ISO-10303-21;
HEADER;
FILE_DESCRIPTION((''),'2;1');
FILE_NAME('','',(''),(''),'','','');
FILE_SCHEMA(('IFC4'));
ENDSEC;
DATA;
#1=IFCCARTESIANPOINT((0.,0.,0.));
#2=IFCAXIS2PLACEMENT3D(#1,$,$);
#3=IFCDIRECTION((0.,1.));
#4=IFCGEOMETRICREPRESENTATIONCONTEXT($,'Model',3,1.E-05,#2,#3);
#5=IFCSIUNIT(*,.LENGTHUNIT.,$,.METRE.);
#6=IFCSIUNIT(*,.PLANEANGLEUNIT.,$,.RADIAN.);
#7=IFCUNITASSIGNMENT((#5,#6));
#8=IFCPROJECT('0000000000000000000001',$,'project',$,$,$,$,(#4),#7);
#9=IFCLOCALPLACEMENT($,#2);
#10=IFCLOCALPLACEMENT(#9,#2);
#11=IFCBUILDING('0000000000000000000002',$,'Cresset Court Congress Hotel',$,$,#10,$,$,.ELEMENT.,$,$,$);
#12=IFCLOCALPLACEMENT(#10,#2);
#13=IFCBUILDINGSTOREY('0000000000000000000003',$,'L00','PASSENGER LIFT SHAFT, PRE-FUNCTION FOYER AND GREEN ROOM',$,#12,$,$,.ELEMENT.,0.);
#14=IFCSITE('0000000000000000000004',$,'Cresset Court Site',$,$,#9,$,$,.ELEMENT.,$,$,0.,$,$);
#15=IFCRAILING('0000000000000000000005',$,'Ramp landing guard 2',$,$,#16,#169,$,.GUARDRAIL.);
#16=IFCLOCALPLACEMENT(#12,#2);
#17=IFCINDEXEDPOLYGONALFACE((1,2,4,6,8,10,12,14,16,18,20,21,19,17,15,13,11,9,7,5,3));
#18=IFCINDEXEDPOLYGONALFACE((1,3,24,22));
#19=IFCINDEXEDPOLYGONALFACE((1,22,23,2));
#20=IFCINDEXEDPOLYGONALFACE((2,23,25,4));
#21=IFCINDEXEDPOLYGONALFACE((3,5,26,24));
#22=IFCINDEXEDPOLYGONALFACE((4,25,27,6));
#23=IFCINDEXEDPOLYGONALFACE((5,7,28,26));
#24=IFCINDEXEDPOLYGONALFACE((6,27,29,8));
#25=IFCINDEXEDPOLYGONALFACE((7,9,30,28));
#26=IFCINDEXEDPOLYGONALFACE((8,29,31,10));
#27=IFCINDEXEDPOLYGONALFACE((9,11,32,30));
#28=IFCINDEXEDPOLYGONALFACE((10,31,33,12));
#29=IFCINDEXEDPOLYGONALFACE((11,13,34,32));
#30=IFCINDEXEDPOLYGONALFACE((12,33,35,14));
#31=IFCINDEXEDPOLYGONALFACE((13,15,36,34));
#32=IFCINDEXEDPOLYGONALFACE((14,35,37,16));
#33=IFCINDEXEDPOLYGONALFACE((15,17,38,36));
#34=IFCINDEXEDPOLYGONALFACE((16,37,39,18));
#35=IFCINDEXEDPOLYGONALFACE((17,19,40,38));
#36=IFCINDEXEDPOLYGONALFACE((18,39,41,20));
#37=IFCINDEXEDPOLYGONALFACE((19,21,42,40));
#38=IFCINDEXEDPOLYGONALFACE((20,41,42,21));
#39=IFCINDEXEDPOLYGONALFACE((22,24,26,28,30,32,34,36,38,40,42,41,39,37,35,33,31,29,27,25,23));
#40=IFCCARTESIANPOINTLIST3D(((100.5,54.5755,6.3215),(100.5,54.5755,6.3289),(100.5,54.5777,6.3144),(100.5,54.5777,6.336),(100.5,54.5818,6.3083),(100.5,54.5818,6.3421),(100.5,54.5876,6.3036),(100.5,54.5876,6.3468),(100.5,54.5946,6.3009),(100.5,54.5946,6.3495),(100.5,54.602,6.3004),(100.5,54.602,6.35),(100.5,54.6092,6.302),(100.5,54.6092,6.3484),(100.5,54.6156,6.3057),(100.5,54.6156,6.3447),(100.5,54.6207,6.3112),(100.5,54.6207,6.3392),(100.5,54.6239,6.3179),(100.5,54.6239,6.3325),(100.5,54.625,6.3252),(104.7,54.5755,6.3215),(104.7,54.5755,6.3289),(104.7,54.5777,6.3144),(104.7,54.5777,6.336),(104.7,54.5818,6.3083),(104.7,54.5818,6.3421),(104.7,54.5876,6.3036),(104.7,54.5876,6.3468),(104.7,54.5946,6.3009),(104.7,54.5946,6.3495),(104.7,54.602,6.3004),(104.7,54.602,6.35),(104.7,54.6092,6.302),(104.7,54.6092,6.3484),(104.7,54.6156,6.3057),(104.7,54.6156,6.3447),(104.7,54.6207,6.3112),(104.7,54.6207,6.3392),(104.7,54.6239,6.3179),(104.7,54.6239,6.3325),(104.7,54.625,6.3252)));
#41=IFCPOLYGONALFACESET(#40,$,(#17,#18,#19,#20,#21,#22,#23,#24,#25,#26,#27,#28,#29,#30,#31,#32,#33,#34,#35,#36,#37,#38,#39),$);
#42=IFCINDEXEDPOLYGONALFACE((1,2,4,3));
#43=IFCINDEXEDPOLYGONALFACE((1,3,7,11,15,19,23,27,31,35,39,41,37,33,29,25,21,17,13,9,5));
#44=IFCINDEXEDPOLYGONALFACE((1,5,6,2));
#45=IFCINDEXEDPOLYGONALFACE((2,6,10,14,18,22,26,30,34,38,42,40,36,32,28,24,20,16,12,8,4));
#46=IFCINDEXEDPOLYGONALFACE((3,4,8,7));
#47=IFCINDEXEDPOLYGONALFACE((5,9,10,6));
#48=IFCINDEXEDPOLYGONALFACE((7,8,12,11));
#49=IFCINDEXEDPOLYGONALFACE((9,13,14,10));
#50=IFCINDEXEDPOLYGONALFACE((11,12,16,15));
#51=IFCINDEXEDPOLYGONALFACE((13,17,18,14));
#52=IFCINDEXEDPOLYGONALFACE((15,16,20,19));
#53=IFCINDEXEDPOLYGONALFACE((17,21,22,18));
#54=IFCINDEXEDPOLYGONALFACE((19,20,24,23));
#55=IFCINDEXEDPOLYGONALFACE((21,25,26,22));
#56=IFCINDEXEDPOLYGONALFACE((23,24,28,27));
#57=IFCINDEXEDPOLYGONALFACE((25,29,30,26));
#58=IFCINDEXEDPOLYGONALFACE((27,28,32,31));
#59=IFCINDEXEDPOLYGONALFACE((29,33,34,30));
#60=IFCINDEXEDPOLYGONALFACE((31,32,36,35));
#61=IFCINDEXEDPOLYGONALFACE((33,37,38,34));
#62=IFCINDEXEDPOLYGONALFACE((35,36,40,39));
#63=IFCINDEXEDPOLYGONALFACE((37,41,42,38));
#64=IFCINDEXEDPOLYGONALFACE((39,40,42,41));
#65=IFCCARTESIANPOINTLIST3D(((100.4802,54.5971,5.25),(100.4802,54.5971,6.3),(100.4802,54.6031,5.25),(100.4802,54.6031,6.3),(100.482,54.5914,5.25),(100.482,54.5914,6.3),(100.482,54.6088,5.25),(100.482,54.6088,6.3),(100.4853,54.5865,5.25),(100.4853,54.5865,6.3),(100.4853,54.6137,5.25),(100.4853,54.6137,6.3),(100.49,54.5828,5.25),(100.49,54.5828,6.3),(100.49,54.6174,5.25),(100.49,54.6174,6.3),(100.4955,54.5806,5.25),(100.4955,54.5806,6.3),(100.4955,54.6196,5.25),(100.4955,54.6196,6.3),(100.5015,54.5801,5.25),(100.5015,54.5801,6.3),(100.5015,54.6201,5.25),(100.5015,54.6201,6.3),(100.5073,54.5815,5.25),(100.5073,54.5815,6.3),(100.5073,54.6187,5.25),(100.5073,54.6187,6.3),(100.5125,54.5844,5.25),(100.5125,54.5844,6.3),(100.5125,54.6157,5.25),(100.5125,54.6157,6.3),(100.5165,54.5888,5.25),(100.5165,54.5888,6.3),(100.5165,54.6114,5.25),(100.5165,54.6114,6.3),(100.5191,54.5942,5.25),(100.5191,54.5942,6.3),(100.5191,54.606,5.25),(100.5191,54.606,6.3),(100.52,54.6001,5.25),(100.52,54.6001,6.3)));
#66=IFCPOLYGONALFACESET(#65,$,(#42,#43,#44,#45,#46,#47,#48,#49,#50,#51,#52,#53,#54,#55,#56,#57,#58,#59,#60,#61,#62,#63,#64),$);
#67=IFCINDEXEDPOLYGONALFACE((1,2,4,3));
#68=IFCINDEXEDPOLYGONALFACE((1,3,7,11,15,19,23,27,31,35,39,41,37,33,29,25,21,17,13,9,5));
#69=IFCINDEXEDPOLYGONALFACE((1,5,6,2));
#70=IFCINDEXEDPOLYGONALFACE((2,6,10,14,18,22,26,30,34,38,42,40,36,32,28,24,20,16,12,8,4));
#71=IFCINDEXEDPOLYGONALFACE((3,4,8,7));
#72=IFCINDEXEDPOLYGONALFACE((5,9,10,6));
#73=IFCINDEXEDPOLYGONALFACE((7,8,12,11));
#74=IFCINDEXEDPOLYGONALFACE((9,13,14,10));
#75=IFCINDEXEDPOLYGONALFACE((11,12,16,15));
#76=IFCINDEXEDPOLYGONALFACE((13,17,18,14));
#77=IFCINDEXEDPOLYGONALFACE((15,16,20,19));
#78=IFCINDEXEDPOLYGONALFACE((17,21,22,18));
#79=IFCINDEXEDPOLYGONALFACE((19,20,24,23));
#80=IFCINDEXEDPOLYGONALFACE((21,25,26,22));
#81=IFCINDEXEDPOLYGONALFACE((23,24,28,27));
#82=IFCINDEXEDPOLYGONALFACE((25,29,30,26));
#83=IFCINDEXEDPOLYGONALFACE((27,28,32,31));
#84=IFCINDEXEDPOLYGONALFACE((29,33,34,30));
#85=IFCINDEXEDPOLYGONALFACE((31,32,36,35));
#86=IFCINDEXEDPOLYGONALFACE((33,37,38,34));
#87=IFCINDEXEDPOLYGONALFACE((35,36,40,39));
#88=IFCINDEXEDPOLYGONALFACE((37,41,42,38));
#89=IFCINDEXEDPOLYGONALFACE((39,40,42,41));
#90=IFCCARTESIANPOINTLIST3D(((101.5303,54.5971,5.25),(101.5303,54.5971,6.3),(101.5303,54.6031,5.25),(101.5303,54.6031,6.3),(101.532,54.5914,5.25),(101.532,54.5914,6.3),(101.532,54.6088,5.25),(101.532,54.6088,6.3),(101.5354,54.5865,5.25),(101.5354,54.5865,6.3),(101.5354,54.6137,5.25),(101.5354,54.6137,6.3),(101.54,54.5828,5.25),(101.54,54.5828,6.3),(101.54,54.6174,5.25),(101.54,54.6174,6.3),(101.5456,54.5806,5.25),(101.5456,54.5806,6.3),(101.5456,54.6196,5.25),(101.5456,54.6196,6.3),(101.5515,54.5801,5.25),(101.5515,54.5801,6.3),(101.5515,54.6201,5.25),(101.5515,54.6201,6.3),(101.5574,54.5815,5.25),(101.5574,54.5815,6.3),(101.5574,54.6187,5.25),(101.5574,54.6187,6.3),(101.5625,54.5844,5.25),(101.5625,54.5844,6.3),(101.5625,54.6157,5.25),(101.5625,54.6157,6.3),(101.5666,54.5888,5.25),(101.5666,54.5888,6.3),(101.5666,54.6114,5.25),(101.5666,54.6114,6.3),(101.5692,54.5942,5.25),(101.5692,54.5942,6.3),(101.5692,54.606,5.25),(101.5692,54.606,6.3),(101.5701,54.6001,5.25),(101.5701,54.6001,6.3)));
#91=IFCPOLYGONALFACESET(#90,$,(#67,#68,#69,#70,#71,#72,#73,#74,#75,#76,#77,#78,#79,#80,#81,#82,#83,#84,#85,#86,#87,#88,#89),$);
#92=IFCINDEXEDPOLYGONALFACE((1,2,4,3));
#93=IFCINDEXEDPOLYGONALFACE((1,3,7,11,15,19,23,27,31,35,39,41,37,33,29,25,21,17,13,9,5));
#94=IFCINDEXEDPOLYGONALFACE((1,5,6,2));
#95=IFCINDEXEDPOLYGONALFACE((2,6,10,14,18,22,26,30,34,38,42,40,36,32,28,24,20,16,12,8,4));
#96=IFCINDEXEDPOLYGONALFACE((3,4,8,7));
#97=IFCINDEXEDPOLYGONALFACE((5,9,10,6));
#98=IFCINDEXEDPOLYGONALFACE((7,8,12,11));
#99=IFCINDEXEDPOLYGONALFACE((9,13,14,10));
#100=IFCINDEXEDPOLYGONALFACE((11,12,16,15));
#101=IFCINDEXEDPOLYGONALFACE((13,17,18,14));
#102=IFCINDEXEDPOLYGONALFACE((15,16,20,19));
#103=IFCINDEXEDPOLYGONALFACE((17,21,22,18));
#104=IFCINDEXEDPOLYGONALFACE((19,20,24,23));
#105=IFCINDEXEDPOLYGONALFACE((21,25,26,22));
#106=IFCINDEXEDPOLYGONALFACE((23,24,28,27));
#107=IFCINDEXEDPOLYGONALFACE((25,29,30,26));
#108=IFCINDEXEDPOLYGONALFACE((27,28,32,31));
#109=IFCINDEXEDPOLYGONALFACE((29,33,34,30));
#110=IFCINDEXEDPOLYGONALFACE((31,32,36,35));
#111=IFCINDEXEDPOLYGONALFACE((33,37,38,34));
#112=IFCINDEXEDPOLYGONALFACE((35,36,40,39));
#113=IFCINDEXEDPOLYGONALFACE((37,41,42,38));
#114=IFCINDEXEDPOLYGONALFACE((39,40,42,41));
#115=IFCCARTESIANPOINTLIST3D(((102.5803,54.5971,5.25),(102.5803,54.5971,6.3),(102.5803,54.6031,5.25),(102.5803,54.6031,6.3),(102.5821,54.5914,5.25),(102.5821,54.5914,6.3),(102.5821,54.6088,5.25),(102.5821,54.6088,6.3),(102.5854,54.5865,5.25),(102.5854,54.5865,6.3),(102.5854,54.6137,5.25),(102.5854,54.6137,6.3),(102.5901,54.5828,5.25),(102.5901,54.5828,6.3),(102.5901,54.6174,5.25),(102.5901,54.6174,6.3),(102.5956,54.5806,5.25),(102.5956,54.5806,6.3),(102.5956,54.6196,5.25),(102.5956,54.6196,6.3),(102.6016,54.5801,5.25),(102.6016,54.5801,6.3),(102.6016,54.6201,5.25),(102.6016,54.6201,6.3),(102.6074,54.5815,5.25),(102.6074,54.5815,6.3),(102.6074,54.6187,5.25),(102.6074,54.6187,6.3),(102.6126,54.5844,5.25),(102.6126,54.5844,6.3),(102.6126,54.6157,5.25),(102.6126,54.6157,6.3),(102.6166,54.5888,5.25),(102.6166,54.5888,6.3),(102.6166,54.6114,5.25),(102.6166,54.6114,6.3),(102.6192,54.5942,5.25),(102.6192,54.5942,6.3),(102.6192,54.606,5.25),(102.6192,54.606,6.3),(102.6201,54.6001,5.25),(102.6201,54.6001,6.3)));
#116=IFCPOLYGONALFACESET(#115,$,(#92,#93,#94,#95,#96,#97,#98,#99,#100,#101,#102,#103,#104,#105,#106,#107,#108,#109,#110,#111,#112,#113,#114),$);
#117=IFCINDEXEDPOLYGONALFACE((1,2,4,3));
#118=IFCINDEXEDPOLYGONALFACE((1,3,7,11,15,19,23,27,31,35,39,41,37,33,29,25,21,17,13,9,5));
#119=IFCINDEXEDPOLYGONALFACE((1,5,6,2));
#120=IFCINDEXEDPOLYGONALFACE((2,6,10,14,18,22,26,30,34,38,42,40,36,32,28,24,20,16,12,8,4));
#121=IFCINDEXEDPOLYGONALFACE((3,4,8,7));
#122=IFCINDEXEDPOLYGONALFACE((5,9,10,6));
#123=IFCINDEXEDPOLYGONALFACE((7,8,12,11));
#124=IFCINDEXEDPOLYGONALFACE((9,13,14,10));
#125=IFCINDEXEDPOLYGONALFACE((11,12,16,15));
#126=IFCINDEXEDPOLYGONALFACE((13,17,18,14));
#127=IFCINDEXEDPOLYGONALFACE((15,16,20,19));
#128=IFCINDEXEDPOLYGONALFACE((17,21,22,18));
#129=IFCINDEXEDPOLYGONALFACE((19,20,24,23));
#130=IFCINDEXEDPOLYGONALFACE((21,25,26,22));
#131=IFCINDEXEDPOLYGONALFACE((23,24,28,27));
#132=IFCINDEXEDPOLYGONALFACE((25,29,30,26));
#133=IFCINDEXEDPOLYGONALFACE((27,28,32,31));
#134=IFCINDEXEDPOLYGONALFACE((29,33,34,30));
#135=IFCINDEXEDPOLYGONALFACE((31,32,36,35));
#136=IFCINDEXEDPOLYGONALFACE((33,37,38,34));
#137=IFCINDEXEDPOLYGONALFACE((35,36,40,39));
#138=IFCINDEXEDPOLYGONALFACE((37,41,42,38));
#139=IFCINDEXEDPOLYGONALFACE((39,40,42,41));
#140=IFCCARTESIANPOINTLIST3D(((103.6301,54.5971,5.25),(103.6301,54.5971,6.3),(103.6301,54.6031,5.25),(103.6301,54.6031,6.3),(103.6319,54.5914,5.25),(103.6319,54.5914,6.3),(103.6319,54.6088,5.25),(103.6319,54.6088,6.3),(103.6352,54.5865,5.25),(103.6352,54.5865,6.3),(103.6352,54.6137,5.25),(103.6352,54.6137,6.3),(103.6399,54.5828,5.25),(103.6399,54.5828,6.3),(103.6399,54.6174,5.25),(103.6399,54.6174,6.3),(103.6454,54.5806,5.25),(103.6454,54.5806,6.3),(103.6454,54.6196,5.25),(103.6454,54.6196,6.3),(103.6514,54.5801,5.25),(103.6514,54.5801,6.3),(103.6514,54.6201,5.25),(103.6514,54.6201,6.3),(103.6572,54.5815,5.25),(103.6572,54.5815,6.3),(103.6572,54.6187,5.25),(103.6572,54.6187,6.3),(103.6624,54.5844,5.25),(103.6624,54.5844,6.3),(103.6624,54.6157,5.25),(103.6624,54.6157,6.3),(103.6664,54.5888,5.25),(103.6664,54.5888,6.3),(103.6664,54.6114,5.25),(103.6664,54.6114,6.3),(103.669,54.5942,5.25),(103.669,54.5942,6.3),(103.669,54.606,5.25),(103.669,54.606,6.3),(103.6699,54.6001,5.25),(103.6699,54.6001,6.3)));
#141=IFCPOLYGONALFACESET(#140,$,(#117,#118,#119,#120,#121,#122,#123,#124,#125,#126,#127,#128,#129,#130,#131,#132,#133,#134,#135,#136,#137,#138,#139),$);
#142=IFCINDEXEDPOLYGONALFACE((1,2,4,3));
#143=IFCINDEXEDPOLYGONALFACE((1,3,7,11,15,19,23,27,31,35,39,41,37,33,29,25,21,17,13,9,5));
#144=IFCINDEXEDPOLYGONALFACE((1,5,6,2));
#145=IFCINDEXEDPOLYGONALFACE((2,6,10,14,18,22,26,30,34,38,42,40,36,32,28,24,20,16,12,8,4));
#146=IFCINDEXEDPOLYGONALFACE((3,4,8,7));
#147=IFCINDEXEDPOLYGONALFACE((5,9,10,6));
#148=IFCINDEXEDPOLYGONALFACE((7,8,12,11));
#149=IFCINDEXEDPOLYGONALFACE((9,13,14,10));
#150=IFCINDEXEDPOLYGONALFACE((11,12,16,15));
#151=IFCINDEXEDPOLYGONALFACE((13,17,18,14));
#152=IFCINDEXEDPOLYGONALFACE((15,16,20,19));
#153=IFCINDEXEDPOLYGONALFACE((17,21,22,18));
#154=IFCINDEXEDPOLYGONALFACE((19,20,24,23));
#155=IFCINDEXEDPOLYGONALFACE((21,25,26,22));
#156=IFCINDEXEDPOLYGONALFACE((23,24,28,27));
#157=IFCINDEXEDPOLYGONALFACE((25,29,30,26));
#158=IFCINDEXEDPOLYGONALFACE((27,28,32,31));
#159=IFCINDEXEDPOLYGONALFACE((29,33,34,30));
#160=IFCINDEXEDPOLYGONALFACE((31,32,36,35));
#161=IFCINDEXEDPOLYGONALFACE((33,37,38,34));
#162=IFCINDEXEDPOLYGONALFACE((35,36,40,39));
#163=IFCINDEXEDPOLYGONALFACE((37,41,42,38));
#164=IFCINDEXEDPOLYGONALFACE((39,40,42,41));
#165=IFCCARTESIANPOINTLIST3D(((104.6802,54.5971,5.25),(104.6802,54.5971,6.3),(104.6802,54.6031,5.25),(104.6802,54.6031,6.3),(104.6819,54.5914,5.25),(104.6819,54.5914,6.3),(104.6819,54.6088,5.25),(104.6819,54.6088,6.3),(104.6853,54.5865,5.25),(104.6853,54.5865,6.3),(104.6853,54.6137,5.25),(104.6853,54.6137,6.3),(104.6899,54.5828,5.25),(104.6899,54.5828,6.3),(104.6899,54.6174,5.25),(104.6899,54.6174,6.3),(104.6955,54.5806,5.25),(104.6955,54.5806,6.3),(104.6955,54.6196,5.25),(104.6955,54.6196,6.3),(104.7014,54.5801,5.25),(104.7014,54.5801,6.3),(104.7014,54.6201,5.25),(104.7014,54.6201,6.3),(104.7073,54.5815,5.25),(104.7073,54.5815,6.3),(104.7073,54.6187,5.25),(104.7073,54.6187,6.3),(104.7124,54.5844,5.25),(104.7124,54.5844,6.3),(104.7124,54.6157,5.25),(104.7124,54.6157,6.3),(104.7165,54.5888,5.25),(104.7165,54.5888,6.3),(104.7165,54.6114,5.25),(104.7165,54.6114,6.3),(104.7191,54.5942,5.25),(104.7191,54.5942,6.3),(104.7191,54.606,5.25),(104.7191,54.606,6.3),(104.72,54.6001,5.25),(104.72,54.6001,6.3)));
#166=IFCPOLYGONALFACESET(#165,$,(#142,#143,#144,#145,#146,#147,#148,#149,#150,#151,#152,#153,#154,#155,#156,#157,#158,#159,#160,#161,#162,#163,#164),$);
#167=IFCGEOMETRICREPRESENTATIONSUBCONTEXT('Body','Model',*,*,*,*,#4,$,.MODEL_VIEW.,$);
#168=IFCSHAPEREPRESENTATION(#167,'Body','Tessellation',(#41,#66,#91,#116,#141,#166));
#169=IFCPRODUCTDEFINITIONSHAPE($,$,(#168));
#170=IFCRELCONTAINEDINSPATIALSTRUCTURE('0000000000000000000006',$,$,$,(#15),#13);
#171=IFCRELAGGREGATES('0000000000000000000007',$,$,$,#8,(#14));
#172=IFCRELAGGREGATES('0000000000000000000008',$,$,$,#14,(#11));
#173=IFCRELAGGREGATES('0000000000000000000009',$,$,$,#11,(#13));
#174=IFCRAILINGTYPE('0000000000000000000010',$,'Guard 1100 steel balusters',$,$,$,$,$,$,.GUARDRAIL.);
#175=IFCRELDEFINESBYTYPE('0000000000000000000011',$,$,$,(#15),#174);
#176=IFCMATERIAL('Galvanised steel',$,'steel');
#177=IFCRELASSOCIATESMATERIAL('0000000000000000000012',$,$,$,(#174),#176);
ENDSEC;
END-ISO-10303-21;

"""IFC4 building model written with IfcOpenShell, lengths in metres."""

from ifc_helpers import new_model, si_unit, direction, frame, origin, origin_2d, place, context, subcontext, project, spatial, circle, extrude, material, type_object, element, save


model = new_model("IFC4")

# Units and contexts
model_context = context("Model", 3, precision=1e-05, world=origin(), true_north=direction((0.0, 1.0)))
body_context = subcontext(model_context, "Body", "Model", "MODEL_VIEW")
ifc_project = project(units=[si_unit("LENGTHUNIT", "METRE"), si_unit("PLANEANGLEUNIT", "RADIAN")], contexts=[model_context])

# Site, building, storey
site_placement = place(None, origin())
site = spatial("IfcSite", under=ifc_project, at=site_placement, Name="Cresset Court Site", CompositionType="ELEMENT", RefElevation=0.0)
building_placement = place(site_placement, origin())
building = spatial("IfcBuilding", under=site, at=building_placement, Name="Cresset Court Congress Hotel", CompositionType="ELEMENT")
storey_placement = place(building_placement, origin())
storey = spatial("IfcBuildingStorey", under=building, at=storey_placement, Name="L00", Description="PASSENGER LIFT SHAFT, PRE-FUNCTION FOYER AND GREEN ROOM", CompositionType="ELEMENT", Elevation=0.0)

# Railing
ifc_material_1 = material(Name="Galvanised steel", Category="steel")
railing_type = type_object("IfcRailingType", Name="Guard 1100 steel balusters", PredefinedType="GUARDRAIL", material=ifc_material_1)
for number, where, name in (
    (1, (100.5, 54.6001, 5.25), "Ramp landing guard 2"),
):
    element("IfcRailing", number, at=place(storey_placement, frame(where)), inside=storey, type_object=railing_type, Name=name, PredefinedType="GUARDRAIL", context=body_context, shape_type="SweptSolid", body=[
        extrude(circle(Radius=0.0249, at=origin_2d()), frame((0.0, 0.0, 1.0752), z_axis=(1.0, 0.0, 0.0), x_axis=(0.0, 1.0, 0.0)), (0.0, 0.0, 1.0), 4.2),
        extrude(circle(Radius=0.02, at=origin_2d()), origin(), (0.0, 0.0, 1.0), 1.05),
        extrude(circle(Radius=0.02, at=origin_2d()), frame((1.05, 0.0, 0.0)), (0.0, 0.0, 1.0), 1.05),
        extrude(circle(Radius=0.02, at=origin_2d()), frame((2.1001, 0.0, 0.0)), (0.0, 0.0, 1.0), 1.05),
        extrude(circle(Radius=0.02, at=origin_2d()), frame((3.1499, 0.0, 0.0)), (0.0, 0.0, 1.0), 1.05),
        extrude(circle(Radius=0.02, at=origin_2d()), frame((4.2, 0.0, 0.0)), (0.0, 0.0, 1.0), 1.05),
    ])

save(model, "model.ifc")
